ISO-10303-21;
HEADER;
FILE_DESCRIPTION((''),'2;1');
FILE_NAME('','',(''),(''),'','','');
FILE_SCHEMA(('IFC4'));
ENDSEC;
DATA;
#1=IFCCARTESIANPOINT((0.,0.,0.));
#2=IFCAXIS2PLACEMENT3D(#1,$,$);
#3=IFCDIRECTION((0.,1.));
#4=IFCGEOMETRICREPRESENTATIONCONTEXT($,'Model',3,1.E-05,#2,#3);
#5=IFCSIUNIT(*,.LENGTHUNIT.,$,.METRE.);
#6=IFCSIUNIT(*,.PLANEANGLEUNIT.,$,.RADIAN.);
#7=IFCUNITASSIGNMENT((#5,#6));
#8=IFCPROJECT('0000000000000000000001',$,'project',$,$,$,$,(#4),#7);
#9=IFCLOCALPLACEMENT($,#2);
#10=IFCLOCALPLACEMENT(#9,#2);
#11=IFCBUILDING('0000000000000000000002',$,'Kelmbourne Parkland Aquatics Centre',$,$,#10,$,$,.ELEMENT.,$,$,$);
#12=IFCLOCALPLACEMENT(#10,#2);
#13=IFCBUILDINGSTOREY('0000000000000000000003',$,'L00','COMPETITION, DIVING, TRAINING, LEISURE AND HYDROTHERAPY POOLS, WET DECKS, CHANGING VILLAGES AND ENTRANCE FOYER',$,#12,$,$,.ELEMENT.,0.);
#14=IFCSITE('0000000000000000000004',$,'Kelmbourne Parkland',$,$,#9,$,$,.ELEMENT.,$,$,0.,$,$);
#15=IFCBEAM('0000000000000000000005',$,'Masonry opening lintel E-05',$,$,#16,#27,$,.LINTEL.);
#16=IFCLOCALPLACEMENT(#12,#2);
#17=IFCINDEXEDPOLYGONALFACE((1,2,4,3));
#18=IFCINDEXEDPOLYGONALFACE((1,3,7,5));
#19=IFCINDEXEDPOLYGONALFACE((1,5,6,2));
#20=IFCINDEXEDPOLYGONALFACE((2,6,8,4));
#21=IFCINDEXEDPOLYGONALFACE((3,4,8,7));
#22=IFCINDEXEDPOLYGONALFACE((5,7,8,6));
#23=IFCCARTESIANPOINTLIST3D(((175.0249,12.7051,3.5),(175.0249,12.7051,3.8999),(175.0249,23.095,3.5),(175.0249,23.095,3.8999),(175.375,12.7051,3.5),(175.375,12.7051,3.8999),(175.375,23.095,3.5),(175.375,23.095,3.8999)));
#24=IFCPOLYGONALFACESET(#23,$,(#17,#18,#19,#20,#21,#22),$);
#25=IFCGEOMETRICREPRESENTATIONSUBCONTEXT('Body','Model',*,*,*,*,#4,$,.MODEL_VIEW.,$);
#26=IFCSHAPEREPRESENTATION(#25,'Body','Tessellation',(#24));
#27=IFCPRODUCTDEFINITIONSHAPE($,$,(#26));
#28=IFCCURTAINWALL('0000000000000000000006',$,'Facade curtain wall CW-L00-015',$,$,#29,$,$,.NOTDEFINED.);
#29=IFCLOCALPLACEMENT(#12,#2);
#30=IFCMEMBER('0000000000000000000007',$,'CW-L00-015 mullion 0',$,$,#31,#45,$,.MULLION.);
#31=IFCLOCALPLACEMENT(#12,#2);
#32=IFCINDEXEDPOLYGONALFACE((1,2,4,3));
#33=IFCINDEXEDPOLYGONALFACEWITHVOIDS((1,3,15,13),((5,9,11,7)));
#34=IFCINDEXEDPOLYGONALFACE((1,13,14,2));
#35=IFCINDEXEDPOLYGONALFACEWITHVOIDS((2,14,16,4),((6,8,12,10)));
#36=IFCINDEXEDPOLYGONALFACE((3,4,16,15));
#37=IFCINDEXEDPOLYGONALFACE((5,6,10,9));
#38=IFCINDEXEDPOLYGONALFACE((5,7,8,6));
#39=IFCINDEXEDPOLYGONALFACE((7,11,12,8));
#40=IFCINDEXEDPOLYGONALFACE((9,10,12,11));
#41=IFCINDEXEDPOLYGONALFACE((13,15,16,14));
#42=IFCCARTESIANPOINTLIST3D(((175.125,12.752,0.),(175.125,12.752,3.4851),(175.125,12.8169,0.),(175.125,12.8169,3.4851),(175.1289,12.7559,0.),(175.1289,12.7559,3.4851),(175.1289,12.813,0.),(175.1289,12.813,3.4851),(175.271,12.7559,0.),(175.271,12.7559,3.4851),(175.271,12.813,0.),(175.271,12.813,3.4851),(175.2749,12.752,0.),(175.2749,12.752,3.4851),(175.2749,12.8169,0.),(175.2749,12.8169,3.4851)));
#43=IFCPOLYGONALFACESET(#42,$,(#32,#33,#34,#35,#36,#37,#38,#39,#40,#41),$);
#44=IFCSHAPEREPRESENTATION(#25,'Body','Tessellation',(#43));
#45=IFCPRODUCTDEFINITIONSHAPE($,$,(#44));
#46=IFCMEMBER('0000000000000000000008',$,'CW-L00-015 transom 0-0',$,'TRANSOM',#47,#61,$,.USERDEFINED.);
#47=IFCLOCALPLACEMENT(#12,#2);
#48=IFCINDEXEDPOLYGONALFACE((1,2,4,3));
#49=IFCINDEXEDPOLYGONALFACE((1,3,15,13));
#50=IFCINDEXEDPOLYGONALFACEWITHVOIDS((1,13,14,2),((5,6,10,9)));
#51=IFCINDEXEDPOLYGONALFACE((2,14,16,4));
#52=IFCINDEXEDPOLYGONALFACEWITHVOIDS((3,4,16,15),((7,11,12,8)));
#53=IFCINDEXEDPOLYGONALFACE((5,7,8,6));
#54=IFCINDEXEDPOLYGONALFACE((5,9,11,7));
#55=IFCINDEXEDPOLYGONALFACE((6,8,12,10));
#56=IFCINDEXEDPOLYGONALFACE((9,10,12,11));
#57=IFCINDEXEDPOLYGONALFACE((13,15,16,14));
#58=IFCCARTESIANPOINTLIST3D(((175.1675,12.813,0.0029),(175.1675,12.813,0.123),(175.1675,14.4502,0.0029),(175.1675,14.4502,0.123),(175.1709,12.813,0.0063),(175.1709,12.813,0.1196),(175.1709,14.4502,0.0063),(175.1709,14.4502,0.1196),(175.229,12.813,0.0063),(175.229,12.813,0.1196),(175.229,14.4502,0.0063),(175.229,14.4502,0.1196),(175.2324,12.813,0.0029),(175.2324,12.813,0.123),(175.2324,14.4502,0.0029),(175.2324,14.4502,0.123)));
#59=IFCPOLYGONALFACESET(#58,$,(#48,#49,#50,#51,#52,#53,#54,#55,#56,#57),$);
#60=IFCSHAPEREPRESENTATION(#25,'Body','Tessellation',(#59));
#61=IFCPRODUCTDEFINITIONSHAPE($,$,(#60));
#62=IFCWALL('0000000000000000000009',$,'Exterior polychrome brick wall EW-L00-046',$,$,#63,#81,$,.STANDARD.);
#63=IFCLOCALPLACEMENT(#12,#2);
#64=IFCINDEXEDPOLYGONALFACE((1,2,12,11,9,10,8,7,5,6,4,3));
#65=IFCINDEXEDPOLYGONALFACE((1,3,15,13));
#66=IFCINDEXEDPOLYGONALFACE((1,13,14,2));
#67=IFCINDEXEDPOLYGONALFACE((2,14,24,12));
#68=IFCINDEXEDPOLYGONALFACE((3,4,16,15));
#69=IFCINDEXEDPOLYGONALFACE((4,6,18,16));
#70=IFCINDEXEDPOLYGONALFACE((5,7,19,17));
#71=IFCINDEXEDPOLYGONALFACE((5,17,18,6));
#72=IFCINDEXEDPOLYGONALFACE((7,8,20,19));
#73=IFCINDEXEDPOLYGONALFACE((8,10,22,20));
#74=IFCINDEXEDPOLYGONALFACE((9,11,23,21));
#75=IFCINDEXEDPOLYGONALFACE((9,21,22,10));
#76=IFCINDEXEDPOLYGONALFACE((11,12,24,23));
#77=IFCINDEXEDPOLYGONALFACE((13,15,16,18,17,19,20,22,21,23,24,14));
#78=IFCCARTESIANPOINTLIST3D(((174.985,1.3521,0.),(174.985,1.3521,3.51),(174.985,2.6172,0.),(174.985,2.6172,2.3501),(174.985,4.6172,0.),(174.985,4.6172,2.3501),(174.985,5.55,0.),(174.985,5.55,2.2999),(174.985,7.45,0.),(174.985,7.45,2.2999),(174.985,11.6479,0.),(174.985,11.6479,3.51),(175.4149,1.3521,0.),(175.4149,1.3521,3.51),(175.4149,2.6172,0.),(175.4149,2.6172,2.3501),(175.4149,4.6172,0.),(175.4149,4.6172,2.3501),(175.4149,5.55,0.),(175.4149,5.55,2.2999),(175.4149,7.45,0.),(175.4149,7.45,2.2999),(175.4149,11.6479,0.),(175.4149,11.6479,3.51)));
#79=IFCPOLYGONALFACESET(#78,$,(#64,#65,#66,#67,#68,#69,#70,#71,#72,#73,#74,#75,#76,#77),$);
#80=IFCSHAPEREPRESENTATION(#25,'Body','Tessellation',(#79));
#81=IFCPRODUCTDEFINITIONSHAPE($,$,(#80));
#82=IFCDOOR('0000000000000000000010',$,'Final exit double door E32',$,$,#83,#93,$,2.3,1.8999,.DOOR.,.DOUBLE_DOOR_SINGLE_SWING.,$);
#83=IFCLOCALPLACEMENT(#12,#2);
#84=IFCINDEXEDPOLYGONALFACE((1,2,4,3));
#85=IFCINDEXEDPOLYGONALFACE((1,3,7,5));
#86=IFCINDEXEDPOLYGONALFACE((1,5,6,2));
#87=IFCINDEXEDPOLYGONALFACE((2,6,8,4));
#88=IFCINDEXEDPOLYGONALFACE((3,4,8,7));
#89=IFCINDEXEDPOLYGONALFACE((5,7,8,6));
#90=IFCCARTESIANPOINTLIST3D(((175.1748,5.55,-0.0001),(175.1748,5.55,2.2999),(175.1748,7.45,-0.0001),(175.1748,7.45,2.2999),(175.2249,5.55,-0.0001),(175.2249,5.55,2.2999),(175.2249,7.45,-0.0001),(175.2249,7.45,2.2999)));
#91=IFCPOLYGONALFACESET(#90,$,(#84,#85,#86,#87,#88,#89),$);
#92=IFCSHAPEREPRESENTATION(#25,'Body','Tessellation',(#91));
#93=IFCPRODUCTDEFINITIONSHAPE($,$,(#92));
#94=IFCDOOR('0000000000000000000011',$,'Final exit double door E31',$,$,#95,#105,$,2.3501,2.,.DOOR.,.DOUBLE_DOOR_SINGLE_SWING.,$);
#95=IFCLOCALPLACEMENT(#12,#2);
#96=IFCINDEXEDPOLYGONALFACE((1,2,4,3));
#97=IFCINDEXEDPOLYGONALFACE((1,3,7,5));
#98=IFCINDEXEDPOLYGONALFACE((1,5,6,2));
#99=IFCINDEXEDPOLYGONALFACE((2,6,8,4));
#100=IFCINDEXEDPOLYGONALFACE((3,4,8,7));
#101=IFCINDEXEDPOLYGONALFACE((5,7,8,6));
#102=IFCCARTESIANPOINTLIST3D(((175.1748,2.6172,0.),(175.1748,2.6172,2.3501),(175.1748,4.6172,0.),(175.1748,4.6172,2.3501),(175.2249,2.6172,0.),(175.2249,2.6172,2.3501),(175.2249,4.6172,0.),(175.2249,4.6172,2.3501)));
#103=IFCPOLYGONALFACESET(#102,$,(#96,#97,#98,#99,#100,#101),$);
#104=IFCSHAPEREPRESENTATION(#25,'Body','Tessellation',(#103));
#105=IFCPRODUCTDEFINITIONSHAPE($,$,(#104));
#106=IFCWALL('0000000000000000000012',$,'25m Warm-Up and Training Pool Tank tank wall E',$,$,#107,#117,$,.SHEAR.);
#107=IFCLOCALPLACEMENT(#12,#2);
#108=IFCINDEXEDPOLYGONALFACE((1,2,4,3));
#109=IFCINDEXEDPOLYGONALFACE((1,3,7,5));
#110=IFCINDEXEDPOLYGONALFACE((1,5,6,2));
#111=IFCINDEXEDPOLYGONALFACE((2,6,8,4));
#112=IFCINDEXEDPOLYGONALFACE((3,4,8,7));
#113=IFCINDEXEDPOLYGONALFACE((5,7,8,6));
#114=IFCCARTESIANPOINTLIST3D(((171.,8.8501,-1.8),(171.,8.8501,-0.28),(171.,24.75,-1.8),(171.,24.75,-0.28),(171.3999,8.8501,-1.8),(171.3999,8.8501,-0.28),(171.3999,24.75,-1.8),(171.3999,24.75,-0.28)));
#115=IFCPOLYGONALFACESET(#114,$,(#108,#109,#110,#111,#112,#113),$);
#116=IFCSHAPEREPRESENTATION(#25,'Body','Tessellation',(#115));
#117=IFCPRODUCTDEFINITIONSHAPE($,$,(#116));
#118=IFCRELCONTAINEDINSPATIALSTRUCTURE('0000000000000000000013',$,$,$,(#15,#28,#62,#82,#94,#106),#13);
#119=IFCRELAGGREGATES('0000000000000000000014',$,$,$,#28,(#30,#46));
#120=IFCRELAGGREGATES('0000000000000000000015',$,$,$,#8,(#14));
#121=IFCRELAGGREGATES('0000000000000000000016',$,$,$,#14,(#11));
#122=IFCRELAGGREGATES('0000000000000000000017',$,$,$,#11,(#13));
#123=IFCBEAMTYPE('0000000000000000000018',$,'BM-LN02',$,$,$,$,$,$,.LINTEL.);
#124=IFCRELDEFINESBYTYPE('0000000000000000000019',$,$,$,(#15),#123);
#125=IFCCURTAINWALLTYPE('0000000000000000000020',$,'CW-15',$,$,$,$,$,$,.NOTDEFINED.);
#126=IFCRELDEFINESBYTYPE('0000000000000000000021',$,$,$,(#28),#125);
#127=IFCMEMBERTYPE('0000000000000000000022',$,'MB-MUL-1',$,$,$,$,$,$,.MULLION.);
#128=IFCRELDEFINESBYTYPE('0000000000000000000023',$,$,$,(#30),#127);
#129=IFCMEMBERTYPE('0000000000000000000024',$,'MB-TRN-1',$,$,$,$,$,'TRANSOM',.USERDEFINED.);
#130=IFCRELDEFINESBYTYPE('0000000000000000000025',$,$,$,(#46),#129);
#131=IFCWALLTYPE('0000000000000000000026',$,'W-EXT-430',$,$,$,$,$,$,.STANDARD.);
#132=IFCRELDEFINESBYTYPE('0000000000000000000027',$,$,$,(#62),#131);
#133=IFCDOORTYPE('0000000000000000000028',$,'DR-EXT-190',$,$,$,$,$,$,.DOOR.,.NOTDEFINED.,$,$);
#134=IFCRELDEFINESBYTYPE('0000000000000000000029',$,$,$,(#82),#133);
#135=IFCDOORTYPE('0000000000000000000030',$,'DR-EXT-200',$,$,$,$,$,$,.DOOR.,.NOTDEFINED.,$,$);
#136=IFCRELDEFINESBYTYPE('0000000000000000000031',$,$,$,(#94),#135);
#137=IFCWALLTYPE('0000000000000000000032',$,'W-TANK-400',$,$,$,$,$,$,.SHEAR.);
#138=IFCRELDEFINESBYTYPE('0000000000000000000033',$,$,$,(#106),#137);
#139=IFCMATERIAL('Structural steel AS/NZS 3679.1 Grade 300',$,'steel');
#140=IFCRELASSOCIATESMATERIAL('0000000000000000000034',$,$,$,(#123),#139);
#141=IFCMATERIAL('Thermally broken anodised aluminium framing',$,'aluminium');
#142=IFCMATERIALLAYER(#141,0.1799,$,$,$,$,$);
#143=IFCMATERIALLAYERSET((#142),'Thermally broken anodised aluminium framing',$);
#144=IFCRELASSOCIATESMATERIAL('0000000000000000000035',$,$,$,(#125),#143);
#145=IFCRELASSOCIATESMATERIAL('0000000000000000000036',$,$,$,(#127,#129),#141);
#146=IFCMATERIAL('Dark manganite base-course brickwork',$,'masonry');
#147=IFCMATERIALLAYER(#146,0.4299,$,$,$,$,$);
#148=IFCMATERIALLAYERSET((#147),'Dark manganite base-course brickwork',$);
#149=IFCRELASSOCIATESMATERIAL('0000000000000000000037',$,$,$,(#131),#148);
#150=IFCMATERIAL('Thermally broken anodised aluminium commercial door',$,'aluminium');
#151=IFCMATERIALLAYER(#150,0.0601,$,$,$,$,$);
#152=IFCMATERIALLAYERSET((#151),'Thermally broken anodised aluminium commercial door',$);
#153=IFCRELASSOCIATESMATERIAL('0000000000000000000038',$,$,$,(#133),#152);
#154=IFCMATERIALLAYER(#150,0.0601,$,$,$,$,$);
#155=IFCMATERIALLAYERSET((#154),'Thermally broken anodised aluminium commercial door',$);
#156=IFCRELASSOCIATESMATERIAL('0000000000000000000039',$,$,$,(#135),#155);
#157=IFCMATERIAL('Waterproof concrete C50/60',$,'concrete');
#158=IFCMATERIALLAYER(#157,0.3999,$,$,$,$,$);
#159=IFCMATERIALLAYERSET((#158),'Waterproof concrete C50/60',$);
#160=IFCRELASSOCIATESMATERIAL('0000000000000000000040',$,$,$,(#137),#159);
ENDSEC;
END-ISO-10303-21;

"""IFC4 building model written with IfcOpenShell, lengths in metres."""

from ifc_helpers import new_model, si_unit, direction, frame, frame_2d, origin, origin_2d, place, context, subcontext, project, spatial, rectangle, hollow_rectangle, extrude, material, layer, layer_set, material_profile, profile_set, type_object, element, fill, aggregate, save


model = new_model("IFC4")

# Units and contexts
model_context = context("Model", 3, precision=1e-05, world=origin(), true_north=direction((0.0, 1.0)))
body_context = subcontext(model_context, "Body", "Model", "MODEL_VIEW")
ifc_project = project(units=[si_unit("LENGTHUNIT", "METRE"), si_unit("PLANEANGLEUNIT", "RADIAN")], contexts=[model_context])

# Site, building, storey
site_placement = place(None, origin())
site = spatial("IfcSite", under=ifc_project, at=site_placement, Name="Kelmbourne Parkland", CompositionType="ELEMENT", RefElevation=0.0)
building_placement = place(site_placement, origin())
building = spatial("IfcBuilding", under=site, at=building_placement, Name="Kelmbourne Parkland Aquatics Centre", CompositionType="ELEMENT")
storey_placement = place(building_placement, origin())
storey = spatial("IfcBuildingStorey", under=building, at=storey_placement, Name="L00", Description="COMPETITION, DIVING, TRAINING, LEISURE AND HYDROTHERAPY POOLS, WET DECKS, CHANGING VILLAGES AND ENTRANCE FOYER", CompositionType="ELEMENT", Elevation=0.0)

# Beam
ifc_material_1 = material(Name="Structural steel AS/NZS 3679.1 Grade 300", Category="steel")
ifc_material_profile_1 = material_profile(ifc_material_1, rectangle(XDim=0.3501, YDim=0.3999, at=origin_2d()), Name="LNT 350x400")
ifc_profile_set_1 = profile_set([ifc_material_profile_1], Name="Structural steel AS/NZS 3679.1 Grade 300")
beam_type_1 = type_object("IfcBeamType", Name="BM-LN02", PredefinedType="LINTEL", material=ifc_profile_set_1)
beam_1_placement = place(storey_placement, frame((175.2, 12.7051, 3.7), z_axis=(0.0, 1.0, 0.0), x_axis=(-1.0, 0.0, 0.0)))
element("IfcBeam", 1, at=beam_1_placement, inside=storey, type_object=beam_type_1, Name="Masonry opening lintel E-05", PredefinedType="LINTEL", context=body_context, shape_type="SweptSolid", body=[
    extrude(rectangle(XDim=0.3501, YDim=0.3999, at=origin_2d()), origin(), (0.0, 0.0, 1.0), 10.3899),
])

# Curtain wall, members
ifc_material_2 = material(Name="Thermally broken anodised aluminium framing", Category="aluminium")
ifc_layer_1 = layer(ifc_material_2, 0.1799)
ifc_layer_set_1 = layer_set([ifc_layer_1], Name="Thermally broken anodised aluminium framing")
curtain_wall_type = type_object("IfcCurtainWallType", Name="CW-15", PredefinedType="NOTDEFINED", material=ifc_layer_set_1)
curtain_wall_placement = place(storey_placement, origin())
curtain_wall = element("IfcCurtainWall", 2, at=curtain_wall_placement, inside=storey, type_object=curtain_wall_type, Name="Facade curtain wall CW-L00-015", PredefinedType="NOTDEFINED")
ifc_material_profile_2 = material_profile(ifc_material_2, hollow_rectangle(XDim=0.0649, YDim=0.1499, WallThickness=0.0039, at=origin_2d()), Name="CW-M 65x150")
ifc_profile_set_2 = profile_set([ifc_material_profile_2], Name="Thermally broken anodised aluminium framing")
member_type_1 = type_object("IfcMemberType", Name="MB-MUL-1", PredefinedType="MULLION", material=ifc_profile_set_2)
member_1_placement = place(storey_placement, frame((175.2, 12.7844, 0.0), z_axis=(0.0, 0.0, 1.0), x_axis=(0.0, 1.0, 0.0)))
member_1 = element("IfcMember", 3, at=member_1_placement, type_object=member_type_1, Name="CW-L00-015 mullion 0", PredefinedType="MULLION", context=body_context, shape_type="SweptSolid", body=[
    extrude(hollow_rectangle(XDim=0.0649, YDim=0.1499, WallThickness=0.0039, at=origin_2d()), origin(), (0.0, 0.0, 1.0), 3.4851),
])
ifc_material_profile_3 = material_profile(ifc_material_2, hollow_rectangle(XDim=0.0649, YDim=0.1201, WallThickness=0.0034, at=origin_2d()), Name="CW-T 65x120")
ifc_profile_set_3 = profile_set([ifc_material_profile_3], Name="Thermally broken anodised aluminium framing")
member_type_2 = type_object("IfcMemberType", Name="MB-TRN-1", ElementType="TRANSOM", PredefinedType="USERDEFINED", material=ifc_profile_set_3)
member_2_placement = place(storey_placement, frame((175.2, 12.813, 0.063), z_axis=(0.0, 1.0, 0.0), x_axis=(-1.0, 0.0, 0.0)))
member_2 = element("IfcMember", 4, at=member_2_placement, type_object=member_type_2, Name="CW-L00-015 transom 0-0", ObjectType="TRANSOM", PredefinedType="USERDEFINED", context=body_context, shape_type="SweptSolid", body=[
    extrude(hollow_rectangle(XDim=0.0649, YDim=0.1201, WallThickness=0.0034, at=origin_2d()), origin(), (0.0, 0.0, 1.0), 1.6372),
])
aggregate(curtain_wall, [member_1, member_2])

# Shared definitions
ifc_material_3 = material(Name="Dark manganite base-course brickwork", Category="masonry")
ifc_layer_2 = layer(ifc_material_3, 0.4299)
ifc_layer_set_2 = layer_set([ifc_layer_2], Name="Dark manganite base-course brickwork")
wall_type_1 = type_object("IfcWallType", Name="W-EXT-430", PredefinedType="STANDARD", material=ifc_layer_set_2)
ifc_material_4 = material(Name="Thermally broken anodised aluminium commercial door", Category="aluminium")

# Wall, openings, doors
wall_1_placement = place(storey_placement, frame((175.2, 1.3521, 0.0), z_axis=(0.0, 0.0, 1.0), x_axis=(0.0, 1.0, 0.0)))
wall_1 = element("IfcWall", 5, at=wall_1_placement, inside=storey, type_object=wall_type_1, Name="Exterior polychrome brick wall EW-L00-046", PredefinedType="STANDARD", context=body_context, shape_type="SweptSolid", body=[
    extrude(rectangle(XDim=10.2959, YDim=0.4299, at=frame_2d((5.1479, 0.0))), origin(), (0.0, 0.0, 1.0), 3.51),
])
opening_1_placement = place(wall_1_placement, frame((1.2651, 0.0, 0.0)))
opening_1 = element("IfcOpeningElement", 6, at=opening_1_placement, cuts=wall_1, PredefinedType="OPENING", context=body_context, shape_type="SweptSolid", body=[
    extrude(rectangle(XDim=2.0, YDim=2.3501, at=frame_2d((1.0, 1.175))), frame((0.0, 0.2271, 0.0), z_axis=(0.0, -1.0, 0.0), x_axis=(1.0, 0.0, 0.0)), (0.0, 0.0, 1.0), 0.4539),
])
opening_2_placement = place(wall_1_placement, frame((4.198, 0.0, 0.0)))
opening_2 = element("IfcOpeningElement", 7, at=opening_2_placement, cuts=wall_1, PredefinedType="OPENING", context=body_context, shape_type="SweptSolid", body=[
    extrude(rectangle(XDim=1.8999, YDim=2.3, at=frame_2d((0.95, 1.1499))), frame((0.0, 0.2271, 0.0), z_axis=(0.0, -1.0, 0.0), x_axis=(1.0, 0.0, 0.0)), (0.0, 0.0, 1.0), 0.4539),
])
ifc_layer_3 = layer(ifc_material_4, 0.0601)
ifc_layer_set_3 = layer_set([ifc_layer_3], Name="Thermally broken anodised aluminium commercial door")
door_type_1 = type_object("IfcDoorType", Name="DR-EXT-190", OperationType="NOTDEFINED", PredefinedType="DOOR", material=ifc_layer_set_3)
door_1_placement = place(opening_2_placement, frame((1.8999, 0.0, 0.0), z_axis=(0.0, 0.0, 1.0), x_axis=(-1.0, 0.0, 0.0)))
door_1 = element("IfcDoor", 8, at=door_1_placement, inside=storey, type_object=door_type_1, Name="Final exit double door E32", OperationType="DOUBLE_DOOR_SINGLE_SWING", OverallHeight=2.3, OverallWidth=1.8999, PredefinedType="DOOR", context=body_context, shape_type="SweptSolid", body=[
    extrude(rectangle(XDim=1.8999, YDim=2.3, at=frame_2d((0.95, 1.1499))), frame((0.0, 0.0249, 0.0), z_axis=(0.0, -1.0, 0.0), x_axis=(1.0, 0.0, 0.0)), (0.0, 0.0, 1.0), 0.05),
])
fill(opening_2, door_1)
ifc_layer_4 = layer(ifc_material_4, 0.0601)
ifc_layer_set_4 = layer_set([ifc_layer_4], Name="Thermally broken anodised aluminium commercial door")
door_type_2 = type_object("IfcDoorType", Name="DR-EXT-200", OperationType="NOTDEFINED", PredefinedType="DOOR", material=ifc_layer_set_4)
door_2_placement = place(opening_1_placement, frame((2.0, 0.0, 0.0), z_axis=(0.0, 0.0, 1.0), x_axis=(-1.0, 0.0, 0.0)))
door_2 = element("IfcDoor", 9, at=door_2_placement, inside=storey, type_object=door_type_2, Name="Final exit double door E31", OperationType="DOUBLE_DOOR_SINGLE_SWING", OverallHeight=2.3501, OverallWidth=2.0, PredefinedType="DOOR", context=body_context, shape_type="SweptSolid", body=[
    extrude(rectangle(XDim=2.0, YDim=2.3501, at=frame_2d((1.0, 1.175))), frame((0.0, 0.0249, 0.0), z_axis=(0.0, -1.0, 0.0), x_axis=(1.0, 0.0, 0.0)), (0.0, 0.0, 1.0), 0.05),
])
fill(opening_1, door_2)

# Wall
ifc_material_5 = material(Name="Waterproof concrete C50/60", Category="concrete")
ifc_layer_5 = layer(ifc_material_5, 0.3999)
ifc_layer_set_5 = layer_set([ifc_layer_5], Name="Waterproof concrete C50/60")
wall_type_2 = type_object("IfcWallType", Name="W-TANK-400", PredefinedType="SHEAR", material=ifc_layer_set_5)
wall_2_placement = place(storey_placement, frame((171.2, 8.8501, -1.8), z_axis=(0.0, 0.0, 1.0), x_axis=(0.0, 1.0, 0.0)))
element("IfcWall", 10, at=wall_2_placement, inside=storey, type_object=wall_type_2, Name="25m Warm-Up and Training Pool Tank tank wall E", PredefinedType="SHEAR", context=body_context, shape_type="SweptSolid", body=[
    extrude(rectangle(XDim=15.8999, YDim=0.3999, at=frame_2d((7.95, 0.0))), origin(), (0.0, 0.0, 1.0), 1.52),
])

save(model, "model.ifc")
